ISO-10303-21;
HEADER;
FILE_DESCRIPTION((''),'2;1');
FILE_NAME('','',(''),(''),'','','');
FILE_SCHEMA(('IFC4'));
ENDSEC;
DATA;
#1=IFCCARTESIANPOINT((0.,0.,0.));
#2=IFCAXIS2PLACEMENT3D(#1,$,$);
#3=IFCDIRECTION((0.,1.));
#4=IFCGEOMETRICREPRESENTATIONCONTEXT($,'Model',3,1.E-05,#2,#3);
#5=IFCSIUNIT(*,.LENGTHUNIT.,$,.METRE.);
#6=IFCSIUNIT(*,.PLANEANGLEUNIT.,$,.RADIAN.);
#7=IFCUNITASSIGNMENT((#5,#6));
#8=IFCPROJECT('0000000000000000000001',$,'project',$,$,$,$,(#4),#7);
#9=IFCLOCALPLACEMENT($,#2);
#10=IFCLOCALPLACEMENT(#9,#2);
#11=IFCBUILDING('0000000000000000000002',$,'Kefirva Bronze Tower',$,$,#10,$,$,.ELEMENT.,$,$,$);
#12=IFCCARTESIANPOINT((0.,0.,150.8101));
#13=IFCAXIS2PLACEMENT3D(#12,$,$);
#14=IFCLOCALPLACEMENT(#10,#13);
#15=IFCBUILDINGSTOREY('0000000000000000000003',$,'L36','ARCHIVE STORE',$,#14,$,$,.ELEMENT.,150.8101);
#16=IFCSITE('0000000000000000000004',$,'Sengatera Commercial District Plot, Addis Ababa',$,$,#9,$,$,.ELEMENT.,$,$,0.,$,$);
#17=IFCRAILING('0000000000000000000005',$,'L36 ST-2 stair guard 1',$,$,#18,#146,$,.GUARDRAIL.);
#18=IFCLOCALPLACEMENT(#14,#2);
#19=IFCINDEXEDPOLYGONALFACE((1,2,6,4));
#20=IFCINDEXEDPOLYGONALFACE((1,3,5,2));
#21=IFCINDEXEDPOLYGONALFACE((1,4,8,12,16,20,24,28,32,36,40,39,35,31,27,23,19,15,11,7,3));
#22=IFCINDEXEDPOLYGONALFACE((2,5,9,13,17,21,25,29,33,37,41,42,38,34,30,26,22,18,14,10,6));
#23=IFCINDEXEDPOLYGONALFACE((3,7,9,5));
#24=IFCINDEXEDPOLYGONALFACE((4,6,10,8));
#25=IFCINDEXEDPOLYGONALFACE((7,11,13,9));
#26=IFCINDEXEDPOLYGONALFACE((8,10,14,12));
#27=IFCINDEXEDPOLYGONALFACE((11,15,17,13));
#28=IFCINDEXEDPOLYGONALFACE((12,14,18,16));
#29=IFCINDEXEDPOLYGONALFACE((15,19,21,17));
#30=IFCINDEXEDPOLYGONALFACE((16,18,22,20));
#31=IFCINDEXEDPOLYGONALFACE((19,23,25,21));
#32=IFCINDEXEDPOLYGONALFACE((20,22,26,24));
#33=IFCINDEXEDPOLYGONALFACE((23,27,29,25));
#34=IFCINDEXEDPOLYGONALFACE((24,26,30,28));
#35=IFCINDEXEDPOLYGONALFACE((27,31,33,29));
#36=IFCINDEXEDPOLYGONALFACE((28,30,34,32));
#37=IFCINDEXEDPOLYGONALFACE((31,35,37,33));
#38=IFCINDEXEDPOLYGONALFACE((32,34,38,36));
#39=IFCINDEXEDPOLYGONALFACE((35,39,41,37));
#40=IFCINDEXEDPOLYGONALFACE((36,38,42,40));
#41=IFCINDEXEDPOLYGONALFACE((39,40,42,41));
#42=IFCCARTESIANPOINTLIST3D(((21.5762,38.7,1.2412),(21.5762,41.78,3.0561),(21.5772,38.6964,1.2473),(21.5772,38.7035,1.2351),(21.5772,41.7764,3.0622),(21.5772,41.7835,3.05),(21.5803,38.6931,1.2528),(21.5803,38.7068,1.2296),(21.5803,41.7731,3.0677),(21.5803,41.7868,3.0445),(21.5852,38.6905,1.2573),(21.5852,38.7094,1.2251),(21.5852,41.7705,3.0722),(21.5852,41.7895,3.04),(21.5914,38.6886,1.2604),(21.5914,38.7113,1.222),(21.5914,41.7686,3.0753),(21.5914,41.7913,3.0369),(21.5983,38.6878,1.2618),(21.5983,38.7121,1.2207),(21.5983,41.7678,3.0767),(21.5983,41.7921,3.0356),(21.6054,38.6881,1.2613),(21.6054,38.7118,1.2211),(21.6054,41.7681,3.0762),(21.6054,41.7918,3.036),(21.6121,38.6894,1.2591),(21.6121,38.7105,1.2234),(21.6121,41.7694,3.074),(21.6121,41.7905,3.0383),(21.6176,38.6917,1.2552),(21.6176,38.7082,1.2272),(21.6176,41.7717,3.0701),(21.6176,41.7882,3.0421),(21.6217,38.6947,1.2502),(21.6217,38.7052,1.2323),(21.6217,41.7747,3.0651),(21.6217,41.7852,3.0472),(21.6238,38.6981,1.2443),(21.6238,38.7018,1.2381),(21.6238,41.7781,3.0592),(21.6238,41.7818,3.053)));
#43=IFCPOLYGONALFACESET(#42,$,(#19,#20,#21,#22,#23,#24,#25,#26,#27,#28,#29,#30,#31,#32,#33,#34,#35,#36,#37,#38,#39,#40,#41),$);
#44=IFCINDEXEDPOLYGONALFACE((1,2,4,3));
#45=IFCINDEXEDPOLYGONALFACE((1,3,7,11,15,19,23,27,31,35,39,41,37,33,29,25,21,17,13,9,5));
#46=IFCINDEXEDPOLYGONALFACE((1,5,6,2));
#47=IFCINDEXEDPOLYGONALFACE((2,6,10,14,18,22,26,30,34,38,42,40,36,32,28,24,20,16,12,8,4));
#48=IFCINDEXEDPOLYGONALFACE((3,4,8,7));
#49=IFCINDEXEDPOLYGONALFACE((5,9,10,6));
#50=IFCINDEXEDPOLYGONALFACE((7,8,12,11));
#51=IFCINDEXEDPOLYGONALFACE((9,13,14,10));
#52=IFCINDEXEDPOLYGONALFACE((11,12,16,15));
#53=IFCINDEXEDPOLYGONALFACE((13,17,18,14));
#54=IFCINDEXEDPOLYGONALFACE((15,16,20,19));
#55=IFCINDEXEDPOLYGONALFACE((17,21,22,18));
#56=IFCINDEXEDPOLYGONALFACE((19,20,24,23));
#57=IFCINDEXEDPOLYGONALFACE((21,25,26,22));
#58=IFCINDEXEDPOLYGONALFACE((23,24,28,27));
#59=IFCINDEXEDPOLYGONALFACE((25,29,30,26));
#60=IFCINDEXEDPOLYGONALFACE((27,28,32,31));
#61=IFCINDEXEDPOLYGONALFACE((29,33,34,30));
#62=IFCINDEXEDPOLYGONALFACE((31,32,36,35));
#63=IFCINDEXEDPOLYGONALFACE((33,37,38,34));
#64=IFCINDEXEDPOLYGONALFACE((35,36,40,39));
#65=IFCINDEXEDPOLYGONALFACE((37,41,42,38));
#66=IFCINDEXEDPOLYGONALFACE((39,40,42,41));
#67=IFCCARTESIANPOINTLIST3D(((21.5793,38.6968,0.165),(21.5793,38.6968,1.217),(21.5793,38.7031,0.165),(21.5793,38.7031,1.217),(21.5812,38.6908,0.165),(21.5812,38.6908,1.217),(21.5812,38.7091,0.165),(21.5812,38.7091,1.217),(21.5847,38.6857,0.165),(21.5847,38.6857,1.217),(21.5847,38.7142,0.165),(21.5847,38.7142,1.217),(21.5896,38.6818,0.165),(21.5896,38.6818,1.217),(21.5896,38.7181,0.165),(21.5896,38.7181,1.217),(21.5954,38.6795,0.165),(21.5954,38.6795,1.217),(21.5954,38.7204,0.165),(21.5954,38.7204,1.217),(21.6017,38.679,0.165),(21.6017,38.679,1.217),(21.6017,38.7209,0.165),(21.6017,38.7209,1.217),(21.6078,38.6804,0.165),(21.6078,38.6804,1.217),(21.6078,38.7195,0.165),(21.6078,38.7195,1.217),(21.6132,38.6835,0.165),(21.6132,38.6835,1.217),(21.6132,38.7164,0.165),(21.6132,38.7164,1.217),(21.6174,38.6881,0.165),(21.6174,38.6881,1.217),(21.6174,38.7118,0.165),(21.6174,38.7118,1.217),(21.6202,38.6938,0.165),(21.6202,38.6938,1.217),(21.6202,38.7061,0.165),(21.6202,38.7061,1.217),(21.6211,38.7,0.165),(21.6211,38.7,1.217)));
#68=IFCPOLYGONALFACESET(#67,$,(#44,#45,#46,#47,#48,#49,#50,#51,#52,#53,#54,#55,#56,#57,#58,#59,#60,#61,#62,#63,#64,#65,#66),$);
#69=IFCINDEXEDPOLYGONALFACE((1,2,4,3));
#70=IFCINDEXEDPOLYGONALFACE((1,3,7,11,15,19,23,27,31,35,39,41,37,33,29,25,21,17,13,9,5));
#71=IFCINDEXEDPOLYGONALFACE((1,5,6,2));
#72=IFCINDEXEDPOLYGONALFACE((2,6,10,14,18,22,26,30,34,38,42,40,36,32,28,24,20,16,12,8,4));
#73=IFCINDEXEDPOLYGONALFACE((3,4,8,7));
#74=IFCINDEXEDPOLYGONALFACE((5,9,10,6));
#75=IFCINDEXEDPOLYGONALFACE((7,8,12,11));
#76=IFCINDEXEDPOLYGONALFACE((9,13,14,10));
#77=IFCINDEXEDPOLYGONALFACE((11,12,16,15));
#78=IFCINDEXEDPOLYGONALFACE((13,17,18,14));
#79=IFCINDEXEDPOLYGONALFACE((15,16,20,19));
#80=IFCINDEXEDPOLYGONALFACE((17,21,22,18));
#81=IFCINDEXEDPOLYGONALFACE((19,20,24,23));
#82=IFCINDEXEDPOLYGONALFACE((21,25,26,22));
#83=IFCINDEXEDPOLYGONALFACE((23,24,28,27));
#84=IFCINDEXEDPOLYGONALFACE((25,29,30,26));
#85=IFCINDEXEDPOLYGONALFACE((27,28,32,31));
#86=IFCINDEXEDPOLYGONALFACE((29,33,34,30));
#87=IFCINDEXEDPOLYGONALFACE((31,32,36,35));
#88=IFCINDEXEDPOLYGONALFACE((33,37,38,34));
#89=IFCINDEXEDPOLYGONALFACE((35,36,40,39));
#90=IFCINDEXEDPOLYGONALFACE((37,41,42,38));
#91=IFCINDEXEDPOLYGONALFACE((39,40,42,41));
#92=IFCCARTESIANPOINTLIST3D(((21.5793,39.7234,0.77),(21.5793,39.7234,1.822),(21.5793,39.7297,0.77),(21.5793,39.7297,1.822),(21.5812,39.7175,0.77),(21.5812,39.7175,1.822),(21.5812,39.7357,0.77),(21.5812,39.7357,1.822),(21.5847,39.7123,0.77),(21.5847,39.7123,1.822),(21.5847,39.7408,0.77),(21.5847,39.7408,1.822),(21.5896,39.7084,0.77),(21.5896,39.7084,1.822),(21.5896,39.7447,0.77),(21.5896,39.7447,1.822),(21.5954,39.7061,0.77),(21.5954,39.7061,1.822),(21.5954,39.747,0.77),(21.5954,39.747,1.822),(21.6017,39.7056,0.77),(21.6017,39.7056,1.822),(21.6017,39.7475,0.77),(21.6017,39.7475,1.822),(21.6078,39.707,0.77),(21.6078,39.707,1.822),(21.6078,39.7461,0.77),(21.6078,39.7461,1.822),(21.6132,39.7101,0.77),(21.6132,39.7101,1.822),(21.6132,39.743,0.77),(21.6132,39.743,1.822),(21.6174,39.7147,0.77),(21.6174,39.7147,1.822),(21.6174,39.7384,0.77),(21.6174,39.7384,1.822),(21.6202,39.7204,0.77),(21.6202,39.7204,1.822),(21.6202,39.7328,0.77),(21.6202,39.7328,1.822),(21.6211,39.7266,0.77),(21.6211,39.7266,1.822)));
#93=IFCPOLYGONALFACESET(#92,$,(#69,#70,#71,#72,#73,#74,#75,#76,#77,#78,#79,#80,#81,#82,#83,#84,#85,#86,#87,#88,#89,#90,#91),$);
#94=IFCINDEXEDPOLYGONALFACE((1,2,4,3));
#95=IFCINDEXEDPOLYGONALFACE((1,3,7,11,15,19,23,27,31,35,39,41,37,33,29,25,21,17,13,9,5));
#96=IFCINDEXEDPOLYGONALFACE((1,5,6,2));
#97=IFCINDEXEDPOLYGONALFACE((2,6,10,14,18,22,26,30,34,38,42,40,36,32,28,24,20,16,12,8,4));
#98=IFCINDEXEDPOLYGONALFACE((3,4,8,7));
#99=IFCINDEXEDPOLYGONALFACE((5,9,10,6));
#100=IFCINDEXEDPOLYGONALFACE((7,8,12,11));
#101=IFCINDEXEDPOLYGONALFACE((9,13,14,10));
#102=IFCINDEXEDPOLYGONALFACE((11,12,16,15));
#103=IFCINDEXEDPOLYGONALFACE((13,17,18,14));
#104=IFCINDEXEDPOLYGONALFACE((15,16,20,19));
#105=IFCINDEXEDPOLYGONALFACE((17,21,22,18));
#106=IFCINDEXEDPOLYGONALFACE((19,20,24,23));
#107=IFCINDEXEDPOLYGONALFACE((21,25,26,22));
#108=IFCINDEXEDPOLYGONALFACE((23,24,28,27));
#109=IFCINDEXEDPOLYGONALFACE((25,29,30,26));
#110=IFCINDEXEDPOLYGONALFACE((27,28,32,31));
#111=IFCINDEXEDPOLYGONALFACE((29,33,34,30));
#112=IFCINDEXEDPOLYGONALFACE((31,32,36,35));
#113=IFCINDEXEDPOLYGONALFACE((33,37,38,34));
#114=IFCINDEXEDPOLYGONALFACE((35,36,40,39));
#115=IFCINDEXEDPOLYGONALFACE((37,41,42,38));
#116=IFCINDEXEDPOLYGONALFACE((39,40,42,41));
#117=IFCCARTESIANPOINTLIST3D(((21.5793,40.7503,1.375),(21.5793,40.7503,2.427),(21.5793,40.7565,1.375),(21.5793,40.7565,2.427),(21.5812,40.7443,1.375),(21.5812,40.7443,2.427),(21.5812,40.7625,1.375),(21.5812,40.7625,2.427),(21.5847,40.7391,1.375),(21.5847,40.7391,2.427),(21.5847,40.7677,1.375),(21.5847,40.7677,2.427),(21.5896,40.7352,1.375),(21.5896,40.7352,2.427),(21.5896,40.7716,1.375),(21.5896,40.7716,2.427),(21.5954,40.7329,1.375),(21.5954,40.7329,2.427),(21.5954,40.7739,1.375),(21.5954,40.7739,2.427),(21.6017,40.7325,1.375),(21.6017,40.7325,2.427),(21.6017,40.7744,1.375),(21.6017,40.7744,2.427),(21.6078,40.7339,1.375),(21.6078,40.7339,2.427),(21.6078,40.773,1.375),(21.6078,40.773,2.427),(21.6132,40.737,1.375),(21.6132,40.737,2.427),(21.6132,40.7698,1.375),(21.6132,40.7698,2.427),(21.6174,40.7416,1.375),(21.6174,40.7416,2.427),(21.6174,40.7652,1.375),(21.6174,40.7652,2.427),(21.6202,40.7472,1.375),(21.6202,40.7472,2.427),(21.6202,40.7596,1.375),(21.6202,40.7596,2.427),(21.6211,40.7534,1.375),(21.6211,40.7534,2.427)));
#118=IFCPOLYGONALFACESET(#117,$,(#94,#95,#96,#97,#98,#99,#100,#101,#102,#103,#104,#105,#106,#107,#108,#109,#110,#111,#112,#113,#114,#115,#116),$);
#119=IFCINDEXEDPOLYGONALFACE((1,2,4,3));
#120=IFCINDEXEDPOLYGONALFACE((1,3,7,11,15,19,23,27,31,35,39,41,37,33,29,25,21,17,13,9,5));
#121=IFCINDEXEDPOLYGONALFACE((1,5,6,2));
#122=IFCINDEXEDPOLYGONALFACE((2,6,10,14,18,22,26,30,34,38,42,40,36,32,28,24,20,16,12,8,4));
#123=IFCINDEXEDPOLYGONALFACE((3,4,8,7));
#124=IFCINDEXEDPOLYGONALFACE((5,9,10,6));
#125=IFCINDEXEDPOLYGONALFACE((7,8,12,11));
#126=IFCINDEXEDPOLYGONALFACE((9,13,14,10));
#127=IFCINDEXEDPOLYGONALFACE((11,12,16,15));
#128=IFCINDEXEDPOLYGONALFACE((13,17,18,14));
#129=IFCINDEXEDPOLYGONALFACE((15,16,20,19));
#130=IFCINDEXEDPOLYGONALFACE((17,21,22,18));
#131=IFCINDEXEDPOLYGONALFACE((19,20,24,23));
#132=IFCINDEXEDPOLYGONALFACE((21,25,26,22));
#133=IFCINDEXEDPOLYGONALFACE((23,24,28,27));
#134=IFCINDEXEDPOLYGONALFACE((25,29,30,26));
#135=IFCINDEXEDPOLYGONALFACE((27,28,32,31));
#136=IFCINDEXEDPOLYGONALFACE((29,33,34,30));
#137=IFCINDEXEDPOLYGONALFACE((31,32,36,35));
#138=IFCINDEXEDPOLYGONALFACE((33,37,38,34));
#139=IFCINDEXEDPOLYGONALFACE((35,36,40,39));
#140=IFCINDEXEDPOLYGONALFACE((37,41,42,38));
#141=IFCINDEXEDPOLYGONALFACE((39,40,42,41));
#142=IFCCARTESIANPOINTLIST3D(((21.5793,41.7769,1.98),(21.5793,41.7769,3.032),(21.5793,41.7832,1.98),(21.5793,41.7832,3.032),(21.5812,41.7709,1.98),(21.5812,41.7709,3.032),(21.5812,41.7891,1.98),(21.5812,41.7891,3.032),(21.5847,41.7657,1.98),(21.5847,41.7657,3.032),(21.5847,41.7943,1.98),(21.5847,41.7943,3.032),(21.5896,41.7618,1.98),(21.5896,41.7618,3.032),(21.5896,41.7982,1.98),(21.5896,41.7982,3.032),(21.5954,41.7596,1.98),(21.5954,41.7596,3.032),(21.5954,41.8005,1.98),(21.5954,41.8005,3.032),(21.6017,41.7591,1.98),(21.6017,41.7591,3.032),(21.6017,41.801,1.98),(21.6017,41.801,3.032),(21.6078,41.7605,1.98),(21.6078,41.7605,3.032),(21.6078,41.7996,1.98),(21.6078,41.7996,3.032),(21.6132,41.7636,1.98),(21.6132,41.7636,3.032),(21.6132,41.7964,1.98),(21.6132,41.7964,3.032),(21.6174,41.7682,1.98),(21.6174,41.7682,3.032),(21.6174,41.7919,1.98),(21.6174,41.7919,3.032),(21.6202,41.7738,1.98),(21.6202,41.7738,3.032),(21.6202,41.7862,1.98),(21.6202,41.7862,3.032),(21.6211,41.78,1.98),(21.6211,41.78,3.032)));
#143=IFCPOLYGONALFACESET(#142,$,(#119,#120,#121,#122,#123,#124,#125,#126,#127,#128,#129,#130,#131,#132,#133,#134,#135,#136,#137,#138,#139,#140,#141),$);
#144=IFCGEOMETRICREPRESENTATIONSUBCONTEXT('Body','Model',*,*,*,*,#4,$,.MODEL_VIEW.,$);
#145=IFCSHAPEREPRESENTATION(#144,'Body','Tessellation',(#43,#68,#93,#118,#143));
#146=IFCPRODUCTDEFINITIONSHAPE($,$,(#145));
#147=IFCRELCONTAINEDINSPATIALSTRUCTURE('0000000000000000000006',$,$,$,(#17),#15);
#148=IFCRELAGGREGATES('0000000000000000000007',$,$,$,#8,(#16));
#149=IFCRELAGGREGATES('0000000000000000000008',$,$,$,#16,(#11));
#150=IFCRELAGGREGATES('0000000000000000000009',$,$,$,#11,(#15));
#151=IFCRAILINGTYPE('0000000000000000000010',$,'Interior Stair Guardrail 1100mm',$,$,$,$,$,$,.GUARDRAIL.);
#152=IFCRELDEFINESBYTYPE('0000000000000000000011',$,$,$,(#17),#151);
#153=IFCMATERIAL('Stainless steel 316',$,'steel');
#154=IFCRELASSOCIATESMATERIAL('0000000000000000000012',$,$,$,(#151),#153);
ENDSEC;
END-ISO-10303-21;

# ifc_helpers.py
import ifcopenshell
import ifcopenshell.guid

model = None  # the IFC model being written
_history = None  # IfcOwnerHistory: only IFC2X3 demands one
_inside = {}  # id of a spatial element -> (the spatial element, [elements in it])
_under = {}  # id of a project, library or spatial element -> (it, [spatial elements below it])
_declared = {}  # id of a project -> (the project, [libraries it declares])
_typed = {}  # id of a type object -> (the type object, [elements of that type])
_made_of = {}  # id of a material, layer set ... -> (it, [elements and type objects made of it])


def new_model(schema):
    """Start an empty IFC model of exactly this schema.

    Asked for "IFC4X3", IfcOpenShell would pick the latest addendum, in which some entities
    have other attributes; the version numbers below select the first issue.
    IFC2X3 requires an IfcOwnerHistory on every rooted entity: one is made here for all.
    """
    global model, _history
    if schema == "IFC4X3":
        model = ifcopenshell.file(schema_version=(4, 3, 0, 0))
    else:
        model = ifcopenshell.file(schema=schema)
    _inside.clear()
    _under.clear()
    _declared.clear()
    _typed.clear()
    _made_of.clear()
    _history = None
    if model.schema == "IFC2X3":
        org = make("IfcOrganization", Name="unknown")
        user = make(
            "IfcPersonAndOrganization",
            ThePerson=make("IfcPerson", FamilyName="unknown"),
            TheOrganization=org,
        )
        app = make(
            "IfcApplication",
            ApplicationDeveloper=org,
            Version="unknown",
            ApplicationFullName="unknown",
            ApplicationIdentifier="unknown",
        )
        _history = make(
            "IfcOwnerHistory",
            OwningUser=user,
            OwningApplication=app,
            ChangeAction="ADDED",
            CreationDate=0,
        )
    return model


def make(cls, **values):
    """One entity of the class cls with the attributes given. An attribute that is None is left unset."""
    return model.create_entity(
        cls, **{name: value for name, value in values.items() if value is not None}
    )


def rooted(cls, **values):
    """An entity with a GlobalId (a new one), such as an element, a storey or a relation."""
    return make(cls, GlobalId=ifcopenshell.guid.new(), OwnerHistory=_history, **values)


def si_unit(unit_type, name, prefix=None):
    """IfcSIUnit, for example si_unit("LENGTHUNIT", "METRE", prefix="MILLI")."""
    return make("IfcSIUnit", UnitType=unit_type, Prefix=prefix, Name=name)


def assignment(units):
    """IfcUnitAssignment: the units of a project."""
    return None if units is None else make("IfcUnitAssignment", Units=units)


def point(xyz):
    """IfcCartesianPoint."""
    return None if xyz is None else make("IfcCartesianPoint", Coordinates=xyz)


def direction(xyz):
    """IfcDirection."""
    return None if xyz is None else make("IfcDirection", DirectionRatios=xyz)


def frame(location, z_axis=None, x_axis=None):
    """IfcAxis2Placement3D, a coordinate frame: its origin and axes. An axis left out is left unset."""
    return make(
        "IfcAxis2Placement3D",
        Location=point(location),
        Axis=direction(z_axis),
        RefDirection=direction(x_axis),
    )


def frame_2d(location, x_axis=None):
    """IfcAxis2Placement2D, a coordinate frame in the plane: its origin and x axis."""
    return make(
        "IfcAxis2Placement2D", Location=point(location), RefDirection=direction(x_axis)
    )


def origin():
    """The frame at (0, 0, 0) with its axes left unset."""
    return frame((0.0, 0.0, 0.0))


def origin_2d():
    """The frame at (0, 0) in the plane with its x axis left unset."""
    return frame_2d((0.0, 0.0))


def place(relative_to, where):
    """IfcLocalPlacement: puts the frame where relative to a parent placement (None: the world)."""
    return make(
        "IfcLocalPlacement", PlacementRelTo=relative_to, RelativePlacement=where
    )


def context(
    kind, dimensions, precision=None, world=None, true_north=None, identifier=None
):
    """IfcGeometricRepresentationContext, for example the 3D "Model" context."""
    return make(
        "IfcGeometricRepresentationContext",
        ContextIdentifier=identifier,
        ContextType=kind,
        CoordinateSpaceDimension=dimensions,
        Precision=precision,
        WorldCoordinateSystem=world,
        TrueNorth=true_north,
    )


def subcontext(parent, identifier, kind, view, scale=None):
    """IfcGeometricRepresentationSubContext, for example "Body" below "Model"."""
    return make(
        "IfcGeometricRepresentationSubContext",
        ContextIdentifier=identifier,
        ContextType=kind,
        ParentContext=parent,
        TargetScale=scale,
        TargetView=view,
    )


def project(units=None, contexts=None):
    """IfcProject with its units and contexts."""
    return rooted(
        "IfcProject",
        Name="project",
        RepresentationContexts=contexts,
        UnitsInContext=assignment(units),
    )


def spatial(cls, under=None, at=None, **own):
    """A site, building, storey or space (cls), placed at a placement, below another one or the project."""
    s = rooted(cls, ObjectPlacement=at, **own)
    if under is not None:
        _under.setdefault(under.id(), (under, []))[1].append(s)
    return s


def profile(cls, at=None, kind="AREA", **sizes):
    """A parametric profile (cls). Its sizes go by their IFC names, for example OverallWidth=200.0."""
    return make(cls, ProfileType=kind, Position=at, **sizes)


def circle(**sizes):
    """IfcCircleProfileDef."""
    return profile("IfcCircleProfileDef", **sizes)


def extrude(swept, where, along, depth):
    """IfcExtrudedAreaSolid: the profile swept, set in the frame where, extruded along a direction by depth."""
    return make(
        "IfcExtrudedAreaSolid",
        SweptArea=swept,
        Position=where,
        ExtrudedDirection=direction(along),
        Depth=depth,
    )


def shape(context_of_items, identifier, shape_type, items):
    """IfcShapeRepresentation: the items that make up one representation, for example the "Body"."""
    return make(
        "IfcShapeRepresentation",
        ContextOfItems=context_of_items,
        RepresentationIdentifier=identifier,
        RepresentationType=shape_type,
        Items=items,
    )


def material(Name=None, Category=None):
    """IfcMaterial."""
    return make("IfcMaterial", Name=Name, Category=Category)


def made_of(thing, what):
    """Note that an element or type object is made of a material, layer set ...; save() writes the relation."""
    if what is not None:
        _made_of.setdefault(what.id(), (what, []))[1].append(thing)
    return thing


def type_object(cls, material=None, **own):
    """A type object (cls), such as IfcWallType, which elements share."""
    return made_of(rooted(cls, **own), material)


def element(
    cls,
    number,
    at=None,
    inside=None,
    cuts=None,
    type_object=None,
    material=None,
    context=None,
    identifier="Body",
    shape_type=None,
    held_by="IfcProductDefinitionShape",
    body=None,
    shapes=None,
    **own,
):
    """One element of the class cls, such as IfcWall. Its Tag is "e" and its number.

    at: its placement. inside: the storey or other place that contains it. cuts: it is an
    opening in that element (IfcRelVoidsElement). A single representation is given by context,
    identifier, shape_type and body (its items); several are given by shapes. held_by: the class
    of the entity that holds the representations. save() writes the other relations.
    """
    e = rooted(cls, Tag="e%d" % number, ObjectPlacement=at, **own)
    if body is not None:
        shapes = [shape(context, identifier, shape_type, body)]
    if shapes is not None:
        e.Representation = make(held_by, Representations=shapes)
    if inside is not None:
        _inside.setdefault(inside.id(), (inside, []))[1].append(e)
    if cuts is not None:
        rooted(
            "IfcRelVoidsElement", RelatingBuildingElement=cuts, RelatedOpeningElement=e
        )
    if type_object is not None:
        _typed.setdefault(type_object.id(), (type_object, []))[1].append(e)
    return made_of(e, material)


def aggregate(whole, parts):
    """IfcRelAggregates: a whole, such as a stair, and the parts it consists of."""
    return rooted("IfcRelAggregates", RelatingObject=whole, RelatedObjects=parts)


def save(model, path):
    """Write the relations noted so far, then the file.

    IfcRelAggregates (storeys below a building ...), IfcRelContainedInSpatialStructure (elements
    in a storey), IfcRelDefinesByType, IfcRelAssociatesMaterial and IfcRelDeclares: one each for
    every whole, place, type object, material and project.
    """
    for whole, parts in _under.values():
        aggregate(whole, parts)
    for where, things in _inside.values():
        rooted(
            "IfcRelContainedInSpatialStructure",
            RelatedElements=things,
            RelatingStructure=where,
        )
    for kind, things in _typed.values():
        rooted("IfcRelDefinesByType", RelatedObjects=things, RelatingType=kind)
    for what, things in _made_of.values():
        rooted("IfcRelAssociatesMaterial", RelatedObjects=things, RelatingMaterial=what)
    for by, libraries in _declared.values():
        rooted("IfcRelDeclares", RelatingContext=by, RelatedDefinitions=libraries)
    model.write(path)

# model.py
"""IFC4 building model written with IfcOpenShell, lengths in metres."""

from ifc_helpers import new_model, si_unit, direction, frame, origin, origin_2d, place, context, subcontext, project, spatial, circle, extrude, material, type_object, element, save


model = new_model("IFC4")

# Units and contexts
model_context = context("Model", 3, precision=1e-05, world=origin(), true_north=direction((0.0, 1.0)))
body_context = subcontext(model_context, "Body", "Model", "MODEL_VIEW")
ifc_project = project(units=[si_unit("LENGTHUNIT", "METRE"), si_unit("PLANEANGLEUNIT", "RADIAN")], contexts=[model_context])

# Site, building, storey
site_placement = place(None, origin())
site = spatial("IfcSite", under=ifc_project, at=site_placement, Name="Sengatera Commercial District Plot, Addis Ababa", CompositionType="ELEMENT", RefElevation=0.0)
building_placement = place(site_placement, origin())
building = spatial("IfcBuilding", under=site, at=building_placement, Name="Kefirva Bronze Tower", CompositionType="ELEMENT")
storey_placement = place(building_placement, frame((0.0, 0.0, 150.8101)))
storey = spatial("IfcBuildingStorey", under=building, at=storey_placement, Name="L36", Description="ARCHIVE STORE", CompositionType="ELEMENT", Elevation=150.8101)

# Railing
ifc_material_1 = material(Name="Stainless steel 316", Category="steel")
railing_type_1 = type_object("IfcRailingType", Name="Interior Stair Guardrail 1100mm", PredefinedType="GUARDRAIL", material=ifc_material_1)
railing_1_placement = place(storey_placement, frame((21.6001, 38.7, 0.165)))
element("IfcRailing", 1, at=railing_1_placement, inside=storey, type_object=railing_type_1, Name="L36 ST-2 stair guard 1", PredefinedType="GUARDRAIL", context=body_context, shape_type="SweptSolid", body=[
    extrude(circle(Radius=0.0239, at=origin_2d()), frame((0.0, 0.0, 1.0762), z_axis=(0.0, 0.861551, 0.507671), x_axis=(-1.0, 0.0, 0.0)), (0.0, 0.0, 1.0), 3.575),
    extrude(circle(Radius=0.021, at=origin_2d()), origin(), (0.0, 0.0, 1.0), 1.052),
    extrude(circle(Radius=0.021, at=origin_2d()), frame((0.0, 1.0266, 0.605)), (0.0, 0.0, 1.0), 1.052),
    extrude(circle(Radius=0.021, at=origin_2d()), frame((0.0, 2.0535, 1.21)), (0.0, 0.0, 1.0), 1.052),
    extrude(circle(Radius=0.021, at=origin_2d()), frame((0.0, 3.0801, 1.8149)), (0.0, 0.0, 1.0), 1.052),
])

save(model, "model.ifc")
